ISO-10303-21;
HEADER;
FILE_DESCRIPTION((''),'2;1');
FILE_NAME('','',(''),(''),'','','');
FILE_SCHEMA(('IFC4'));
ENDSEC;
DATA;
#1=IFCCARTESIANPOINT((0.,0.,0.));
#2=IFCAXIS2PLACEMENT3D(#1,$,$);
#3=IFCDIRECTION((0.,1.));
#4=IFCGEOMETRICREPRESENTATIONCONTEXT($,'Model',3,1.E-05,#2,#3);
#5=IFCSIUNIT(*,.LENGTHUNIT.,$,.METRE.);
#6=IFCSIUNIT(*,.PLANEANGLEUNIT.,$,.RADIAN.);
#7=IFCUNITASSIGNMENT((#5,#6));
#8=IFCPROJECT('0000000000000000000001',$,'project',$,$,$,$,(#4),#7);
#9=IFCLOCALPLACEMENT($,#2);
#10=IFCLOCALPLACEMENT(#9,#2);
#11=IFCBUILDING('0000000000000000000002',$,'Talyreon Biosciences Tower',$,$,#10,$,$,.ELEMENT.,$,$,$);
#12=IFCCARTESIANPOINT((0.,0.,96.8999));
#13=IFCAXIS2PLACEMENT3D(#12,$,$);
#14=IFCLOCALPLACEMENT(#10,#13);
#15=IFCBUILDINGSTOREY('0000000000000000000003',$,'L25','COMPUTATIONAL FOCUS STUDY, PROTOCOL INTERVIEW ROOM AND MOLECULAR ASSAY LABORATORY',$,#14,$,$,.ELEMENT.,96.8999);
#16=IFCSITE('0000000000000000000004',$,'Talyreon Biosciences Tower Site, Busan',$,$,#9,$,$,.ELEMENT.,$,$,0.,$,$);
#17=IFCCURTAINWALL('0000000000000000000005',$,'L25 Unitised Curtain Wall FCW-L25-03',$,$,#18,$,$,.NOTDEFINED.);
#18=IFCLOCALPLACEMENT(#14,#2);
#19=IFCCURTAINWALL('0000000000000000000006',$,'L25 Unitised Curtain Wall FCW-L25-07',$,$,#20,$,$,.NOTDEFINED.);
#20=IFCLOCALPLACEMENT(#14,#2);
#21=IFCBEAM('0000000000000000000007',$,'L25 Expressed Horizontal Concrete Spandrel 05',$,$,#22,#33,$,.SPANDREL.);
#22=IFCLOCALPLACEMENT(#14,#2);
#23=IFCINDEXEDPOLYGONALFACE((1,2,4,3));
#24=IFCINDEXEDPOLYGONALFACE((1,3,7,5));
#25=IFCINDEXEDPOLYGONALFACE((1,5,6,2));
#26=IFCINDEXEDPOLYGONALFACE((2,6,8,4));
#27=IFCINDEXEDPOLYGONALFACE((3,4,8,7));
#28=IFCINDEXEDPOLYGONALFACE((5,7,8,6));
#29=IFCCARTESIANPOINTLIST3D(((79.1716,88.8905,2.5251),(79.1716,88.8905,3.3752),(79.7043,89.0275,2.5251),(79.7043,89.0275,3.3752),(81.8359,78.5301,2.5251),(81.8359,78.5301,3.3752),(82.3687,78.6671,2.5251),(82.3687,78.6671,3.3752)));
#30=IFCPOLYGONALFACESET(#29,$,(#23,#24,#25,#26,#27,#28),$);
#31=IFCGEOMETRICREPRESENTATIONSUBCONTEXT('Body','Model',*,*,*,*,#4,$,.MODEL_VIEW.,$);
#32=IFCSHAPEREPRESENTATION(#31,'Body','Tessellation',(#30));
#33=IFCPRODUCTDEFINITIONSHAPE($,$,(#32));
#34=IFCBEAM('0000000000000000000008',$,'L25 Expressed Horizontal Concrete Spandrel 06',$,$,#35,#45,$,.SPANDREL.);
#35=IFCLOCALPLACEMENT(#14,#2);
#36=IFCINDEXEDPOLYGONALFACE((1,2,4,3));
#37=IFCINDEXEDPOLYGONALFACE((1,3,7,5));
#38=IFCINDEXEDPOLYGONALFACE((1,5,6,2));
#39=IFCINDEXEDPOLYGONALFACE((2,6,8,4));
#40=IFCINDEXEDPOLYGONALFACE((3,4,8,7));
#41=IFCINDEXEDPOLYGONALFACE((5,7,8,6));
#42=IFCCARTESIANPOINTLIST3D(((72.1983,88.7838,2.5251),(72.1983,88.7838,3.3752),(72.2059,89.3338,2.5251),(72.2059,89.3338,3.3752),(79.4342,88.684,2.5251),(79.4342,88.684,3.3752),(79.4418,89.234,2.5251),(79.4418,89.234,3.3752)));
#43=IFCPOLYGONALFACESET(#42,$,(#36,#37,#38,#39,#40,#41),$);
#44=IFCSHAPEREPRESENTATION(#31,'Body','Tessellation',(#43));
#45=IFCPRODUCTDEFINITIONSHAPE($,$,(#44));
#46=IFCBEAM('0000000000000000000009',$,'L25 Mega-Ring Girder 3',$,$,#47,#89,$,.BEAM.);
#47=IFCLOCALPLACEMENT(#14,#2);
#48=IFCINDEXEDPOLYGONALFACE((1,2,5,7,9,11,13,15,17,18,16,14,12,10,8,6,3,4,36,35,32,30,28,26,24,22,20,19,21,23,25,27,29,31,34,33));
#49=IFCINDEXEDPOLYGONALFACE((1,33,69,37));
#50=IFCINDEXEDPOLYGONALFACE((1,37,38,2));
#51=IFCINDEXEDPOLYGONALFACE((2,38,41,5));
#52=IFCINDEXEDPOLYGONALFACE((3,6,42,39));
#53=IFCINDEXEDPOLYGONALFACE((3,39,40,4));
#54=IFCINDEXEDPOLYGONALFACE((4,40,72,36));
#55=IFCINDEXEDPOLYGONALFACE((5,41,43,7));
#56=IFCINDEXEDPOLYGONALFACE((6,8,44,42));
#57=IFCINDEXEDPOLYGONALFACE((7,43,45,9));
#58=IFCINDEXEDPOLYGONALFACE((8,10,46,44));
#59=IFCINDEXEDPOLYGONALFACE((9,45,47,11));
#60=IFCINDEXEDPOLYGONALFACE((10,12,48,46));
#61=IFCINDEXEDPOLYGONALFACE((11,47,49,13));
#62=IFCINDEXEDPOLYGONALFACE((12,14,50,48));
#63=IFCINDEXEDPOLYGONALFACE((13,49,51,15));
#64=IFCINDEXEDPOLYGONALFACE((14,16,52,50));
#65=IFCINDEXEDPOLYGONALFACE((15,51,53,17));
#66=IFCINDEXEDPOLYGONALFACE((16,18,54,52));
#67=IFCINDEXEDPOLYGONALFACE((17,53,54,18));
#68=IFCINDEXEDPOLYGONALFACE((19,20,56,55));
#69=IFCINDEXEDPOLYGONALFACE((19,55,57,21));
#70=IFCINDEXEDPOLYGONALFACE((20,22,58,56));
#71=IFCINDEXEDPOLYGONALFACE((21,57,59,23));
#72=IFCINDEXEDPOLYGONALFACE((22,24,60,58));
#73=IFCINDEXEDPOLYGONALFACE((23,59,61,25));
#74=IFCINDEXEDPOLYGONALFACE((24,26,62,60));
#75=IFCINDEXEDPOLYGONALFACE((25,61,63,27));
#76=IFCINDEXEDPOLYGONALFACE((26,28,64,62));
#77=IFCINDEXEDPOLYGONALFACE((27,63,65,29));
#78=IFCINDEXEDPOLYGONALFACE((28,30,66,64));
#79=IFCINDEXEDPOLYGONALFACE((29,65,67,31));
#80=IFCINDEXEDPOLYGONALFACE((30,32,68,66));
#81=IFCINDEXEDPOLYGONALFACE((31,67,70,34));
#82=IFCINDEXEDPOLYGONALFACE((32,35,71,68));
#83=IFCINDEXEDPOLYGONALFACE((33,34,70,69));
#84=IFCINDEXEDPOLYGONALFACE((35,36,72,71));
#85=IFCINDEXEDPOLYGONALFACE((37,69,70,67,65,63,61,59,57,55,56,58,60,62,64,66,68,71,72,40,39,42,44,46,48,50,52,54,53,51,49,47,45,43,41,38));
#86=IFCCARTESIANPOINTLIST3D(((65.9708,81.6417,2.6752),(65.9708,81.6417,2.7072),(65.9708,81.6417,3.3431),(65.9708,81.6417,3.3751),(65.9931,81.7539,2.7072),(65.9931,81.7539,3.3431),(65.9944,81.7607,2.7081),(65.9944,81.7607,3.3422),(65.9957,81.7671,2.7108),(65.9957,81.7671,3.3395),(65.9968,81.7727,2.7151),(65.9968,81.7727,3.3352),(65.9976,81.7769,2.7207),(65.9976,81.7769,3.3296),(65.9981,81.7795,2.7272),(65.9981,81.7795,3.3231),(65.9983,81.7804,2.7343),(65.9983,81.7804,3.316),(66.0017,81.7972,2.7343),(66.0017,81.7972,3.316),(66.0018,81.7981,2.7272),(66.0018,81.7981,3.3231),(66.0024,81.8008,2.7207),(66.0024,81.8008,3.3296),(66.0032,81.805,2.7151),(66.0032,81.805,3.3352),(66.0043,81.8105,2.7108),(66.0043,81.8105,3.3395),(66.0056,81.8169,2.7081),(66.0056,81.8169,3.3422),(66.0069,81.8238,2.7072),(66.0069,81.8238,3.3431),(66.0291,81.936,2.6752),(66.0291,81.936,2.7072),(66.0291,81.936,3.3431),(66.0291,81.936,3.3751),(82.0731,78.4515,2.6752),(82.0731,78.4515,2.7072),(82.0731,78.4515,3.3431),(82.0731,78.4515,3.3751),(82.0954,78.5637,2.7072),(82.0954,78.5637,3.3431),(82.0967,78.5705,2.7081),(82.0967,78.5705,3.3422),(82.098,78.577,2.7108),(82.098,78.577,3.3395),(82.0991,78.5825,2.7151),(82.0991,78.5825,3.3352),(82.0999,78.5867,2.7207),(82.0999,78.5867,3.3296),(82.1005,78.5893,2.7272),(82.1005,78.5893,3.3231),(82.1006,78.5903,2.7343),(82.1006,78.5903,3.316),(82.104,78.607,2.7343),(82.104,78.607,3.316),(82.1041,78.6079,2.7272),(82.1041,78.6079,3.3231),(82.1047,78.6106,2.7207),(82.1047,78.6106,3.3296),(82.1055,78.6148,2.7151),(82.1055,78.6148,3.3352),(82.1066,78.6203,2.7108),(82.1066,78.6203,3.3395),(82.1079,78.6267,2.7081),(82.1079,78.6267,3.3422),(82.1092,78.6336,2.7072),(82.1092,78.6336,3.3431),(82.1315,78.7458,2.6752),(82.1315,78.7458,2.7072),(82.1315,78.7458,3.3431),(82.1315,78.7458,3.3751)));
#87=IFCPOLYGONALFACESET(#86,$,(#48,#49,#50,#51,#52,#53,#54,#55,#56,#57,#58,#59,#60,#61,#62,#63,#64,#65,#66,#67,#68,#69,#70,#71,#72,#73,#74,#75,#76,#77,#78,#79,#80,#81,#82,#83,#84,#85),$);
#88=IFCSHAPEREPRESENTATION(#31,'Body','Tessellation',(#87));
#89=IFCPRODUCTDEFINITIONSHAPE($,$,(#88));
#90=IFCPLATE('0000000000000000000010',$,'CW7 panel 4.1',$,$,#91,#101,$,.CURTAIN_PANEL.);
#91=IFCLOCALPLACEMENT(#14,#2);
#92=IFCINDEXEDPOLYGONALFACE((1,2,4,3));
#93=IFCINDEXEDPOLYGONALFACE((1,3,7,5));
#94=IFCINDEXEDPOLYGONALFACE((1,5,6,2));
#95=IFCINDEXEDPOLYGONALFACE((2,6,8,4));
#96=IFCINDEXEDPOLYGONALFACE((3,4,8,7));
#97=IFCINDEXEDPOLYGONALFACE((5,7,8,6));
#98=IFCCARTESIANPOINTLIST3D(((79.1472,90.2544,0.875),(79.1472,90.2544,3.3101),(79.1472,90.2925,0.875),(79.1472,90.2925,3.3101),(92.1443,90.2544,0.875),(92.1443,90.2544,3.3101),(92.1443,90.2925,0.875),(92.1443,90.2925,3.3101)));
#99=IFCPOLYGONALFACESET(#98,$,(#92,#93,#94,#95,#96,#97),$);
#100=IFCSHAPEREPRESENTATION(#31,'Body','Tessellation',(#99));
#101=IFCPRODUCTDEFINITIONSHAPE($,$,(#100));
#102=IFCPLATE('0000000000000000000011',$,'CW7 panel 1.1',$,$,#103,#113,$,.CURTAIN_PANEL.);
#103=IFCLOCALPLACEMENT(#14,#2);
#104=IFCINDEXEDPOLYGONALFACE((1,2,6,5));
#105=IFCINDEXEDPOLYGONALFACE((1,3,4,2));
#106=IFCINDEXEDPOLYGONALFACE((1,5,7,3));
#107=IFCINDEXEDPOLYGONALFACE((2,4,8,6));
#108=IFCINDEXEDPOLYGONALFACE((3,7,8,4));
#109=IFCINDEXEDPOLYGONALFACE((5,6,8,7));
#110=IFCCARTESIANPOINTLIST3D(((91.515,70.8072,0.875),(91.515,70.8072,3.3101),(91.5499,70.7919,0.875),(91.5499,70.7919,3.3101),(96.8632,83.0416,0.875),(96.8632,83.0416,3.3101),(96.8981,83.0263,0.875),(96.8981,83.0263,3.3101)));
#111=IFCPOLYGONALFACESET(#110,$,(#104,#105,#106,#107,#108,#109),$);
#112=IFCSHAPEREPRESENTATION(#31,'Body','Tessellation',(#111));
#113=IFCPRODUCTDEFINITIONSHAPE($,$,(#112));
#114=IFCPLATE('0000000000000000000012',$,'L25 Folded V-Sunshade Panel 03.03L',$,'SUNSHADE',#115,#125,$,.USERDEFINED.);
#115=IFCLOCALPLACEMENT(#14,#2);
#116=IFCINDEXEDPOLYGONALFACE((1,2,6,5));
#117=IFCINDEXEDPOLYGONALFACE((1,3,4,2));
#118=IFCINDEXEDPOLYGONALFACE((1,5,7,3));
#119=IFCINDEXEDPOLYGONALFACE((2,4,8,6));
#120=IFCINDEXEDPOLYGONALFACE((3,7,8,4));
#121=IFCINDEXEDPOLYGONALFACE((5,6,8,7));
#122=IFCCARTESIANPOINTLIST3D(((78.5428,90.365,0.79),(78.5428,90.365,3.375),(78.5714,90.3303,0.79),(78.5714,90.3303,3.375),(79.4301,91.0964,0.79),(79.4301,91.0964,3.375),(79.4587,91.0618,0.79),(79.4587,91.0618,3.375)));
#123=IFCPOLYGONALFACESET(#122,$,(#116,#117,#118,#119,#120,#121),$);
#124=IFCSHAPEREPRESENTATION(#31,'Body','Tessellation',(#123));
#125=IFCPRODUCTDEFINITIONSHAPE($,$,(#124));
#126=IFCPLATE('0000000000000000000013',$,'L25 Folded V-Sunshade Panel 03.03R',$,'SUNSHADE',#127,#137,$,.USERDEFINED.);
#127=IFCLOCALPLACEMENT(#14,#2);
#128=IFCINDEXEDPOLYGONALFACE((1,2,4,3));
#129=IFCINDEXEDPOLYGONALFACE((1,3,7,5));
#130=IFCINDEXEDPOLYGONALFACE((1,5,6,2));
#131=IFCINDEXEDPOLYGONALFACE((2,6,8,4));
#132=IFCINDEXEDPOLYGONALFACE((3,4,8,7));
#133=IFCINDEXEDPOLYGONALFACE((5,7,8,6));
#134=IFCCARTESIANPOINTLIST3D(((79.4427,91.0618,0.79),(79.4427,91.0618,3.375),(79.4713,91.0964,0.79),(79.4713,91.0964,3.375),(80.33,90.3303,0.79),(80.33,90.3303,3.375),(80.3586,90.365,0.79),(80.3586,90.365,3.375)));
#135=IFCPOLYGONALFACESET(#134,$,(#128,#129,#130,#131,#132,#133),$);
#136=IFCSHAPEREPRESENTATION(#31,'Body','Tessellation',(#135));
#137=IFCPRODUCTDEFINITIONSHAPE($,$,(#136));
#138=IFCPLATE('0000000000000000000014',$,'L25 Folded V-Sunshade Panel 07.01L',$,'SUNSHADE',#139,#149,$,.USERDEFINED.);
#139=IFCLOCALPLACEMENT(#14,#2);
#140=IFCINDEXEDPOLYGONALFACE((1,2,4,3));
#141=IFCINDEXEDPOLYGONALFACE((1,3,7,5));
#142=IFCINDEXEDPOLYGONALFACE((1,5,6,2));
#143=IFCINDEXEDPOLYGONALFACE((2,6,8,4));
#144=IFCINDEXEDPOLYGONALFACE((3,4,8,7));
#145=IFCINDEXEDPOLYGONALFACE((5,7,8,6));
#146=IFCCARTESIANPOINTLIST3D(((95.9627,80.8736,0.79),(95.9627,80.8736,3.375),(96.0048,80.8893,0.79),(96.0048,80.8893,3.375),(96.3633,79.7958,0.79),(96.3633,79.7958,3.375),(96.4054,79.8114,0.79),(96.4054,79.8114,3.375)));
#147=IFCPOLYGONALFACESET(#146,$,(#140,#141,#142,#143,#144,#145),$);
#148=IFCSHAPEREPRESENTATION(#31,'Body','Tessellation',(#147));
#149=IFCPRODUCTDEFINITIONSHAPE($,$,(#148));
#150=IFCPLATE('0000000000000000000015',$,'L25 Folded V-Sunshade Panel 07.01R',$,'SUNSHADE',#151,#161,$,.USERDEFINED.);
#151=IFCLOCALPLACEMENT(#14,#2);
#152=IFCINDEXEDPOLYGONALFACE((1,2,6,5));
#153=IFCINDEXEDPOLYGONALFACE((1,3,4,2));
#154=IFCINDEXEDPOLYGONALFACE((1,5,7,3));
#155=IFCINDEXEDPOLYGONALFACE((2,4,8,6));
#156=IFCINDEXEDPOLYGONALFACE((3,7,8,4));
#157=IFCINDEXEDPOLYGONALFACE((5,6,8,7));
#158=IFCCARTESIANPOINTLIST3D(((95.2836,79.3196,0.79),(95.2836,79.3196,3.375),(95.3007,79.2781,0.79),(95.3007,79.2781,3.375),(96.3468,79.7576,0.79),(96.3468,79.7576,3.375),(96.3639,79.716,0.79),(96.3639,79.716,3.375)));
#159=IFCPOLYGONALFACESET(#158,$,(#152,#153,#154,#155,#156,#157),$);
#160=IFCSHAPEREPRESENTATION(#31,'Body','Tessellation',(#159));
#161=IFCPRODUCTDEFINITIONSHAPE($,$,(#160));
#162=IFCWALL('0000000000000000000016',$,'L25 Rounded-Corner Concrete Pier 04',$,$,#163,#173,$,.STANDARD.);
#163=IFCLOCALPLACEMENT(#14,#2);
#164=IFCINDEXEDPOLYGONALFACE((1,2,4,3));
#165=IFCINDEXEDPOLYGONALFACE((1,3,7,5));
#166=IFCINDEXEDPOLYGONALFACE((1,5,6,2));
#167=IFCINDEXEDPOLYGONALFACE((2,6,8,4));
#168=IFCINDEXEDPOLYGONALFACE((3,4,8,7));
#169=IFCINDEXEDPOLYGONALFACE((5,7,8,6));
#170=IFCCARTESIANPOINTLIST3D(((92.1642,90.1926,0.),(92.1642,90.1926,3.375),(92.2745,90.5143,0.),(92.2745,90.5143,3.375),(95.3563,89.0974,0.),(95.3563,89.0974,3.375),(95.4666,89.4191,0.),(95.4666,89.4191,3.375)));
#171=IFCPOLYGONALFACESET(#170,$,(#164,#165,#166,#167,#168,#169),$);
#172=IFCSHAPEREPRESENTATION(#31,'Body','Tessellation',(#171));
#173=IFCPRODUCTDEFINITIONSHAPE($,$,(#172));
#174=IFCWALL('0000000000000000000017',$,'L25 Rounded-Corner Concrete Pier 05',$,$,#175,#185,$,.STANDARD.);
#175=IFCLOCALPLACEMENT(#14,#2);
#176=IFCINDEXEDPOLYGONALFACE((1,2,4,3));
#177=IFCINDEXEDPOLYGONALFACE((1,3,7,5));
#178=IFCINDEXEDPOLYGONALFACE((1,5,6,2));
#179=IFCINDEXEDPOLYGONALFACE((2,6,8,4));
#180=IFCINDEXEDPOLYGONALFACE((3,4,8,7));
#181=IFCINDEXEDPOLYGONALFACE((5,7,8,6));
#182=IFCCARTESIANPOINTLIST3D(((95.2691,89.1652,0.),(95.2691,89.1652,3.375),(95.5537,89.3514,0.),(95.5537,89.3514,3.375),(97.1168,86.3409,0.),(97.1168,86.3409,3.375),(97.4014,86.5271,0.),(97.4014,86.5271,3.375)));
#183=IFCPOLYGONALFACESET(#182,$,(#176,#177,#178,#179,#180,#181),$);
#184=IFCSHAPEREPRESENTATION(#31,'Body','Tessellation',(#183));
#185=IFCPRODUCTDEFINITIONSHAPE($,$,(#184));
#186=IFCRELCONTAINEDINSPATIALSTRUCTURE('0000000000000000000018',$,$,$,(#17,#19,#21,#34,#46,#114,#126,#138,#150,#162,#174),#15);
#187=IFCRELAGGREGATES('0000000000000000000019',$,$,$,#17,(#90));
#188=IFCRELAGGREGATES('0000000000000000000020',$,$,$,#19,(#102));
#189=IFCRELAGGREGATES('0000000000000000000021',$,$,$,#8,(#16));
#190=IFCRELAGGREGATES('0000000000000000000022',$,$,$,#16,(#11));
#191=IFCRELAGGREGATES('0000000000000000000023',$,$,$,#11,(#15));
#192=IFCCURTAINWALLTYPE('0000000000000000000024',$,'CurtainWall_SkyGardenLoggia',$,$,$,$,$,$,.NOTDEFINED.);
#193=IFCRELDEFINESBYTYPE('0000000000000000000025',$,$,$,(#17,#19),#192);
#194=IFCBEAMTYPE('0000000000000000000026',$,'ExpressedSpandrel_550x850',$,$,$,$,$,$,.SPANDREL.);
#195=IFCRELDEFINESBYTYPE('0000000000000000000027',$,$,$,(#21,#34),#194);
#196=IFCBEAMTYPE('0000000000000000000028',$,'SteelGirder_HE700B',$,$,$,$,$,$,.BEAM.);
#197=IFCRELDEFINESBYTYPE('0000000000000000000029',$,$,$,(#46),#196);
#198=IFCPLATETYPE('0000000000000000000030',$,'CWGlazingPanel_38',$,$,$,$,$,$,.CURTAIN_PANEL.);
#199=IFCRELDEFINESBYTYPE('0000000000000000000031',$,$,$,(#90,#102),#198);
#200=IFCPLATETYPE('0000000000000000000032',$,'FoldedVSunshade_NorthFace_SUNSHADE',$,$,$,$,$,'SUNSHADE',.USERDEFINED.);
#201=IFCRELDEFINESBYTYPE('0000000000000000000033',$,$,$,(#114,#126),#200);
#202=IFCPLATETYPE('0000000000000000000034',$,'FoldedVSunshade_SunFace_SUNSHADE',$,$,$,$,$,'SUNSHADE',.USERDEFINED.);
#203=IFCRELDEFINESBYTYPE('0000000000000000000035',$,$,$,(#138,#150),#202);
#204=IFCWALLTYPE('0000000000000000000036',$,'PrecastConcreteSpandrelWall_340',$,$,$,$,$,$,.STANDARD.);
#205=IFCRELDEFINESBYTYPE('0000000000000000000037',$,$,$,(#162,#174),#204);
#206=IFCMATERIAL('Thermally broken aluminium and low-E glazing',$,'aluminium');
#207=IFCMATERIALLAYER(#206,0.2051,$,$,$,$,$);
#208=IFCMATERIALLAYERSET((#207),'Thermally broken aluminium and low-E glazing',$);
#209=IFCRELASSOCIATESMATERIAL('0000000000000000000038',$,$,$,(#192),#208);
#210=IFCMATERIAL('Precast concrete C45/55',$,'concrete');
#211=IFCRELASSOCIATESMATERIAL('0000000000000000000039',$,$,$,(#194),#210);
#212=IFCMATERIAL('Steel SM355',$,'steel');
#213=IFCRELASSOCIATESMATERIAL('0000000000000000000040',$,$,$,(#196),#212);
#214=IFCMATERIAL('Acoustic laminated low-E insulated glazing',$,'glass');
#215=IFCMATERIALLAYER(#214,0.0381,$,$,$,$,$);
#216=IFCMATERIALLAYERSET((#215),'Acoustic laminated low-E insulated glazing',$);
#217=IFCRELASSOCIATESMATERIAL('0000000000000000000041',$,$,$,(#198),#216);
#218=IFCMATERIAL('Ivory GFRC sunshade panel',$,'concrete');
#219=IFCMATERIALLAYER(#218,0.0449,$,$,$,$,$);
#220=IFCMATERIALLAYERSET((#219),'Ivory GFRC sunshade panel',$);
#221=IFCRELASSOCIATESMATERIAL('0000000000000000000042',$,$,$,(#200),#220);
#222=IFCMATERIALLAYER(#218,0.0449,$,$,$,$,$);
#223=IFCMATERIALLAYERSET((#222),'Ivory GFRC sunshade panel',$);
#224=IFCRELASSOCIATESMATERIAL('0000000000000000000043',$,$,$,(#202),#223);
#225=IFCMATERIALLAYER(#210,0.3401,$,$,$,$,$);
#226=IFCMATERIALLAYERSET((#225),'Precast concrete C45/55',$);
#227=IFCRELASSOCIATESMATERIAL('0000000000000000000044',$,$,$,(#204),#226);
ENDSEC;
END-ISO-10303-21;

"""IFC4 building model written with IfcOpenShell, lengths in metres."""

from ifc_helpers import new_model, si_unit, direction, frame, frame_2d, origin, origin_2d, place, context, subcontext, project, spatial, rectangle, i_section, extrude, material, layer, layer_set, material_profile, profile_set, type_object, element, aggregate, save


model = new_model("IFC4")

# Units and contexts
model_context = context("Model", 3, precision=1e-05, world=origin(), true_north=direction((0.0, 1.0)))
body_context = subcontext(model_context, "Body", "Model", "MODEL_VIEW")
ifc_project = project(units=[si_unit("LENGTHUNIT", "METRE"), si_unit("PLANEANGLEUNIT", "RADIAN")], contexts=[model_context])

# Site, building, storey
site_placement = place(None, origin())
site = spatial("IfcSite", under=ifc_project, at=site_placement, Name="Talyreon Biosciences Tower Site, Busan", CompositionType="ELEMENT", RefElevation=0.0)
building_placement = place(site_placement, origin())
building = spatial("IfcBuilding", under=site, at=building_placement, Name="Talyreon Biosciences Tower", CompositionType="ELEMENT")
storey_placement = place(building_placement, frame((0.0, 0.0, 96.8999)))
storey = spatial("IfcBuildingStorey", under=building, at=storey_placement, Name="L25", Description="COMPUTATIONAL FOCUS STUDY, PROTOCOL INTERVIEW ROOM AND MOLECULAR ASSAY LABORATORY", CompositionType="ELEMENT", Elevation=96.8999)

# Curtain walls
ifc_material_1 = material(Name="Thermally broken aluminium and low-E glazing", Category="aluminium")
ifc_layer_1 = layer(ifc_material_1, 0.2051)
ifc_layer_set_1 = layer_set([ifc_layer_1], Name="Thermally broken aluminium and low-E glazing")
curtain_wall_type = type_object("IfcCurtainWallType", Name="CurtainWall_SkyGardenLoggia", PredefinedType="NOTDEFINED", material=ifc_layer_set_1)
curtain_wall_1_placement = place(storey_placement, origin())
curtain_wall_1 = element("IfcCurtainWall", 1, at=curtain_wall_1_placement, inside=storey, type_object=curtain_wall_type, Name="L25 Unitised Curtain Wall FCW-L25-03", PredefinedType="NOTDEFINED")
curtain_wall_2_placement = place(storey_placement, origin())
curtain_wall_2 = element("IfcCurtainWall", 2, at=curtain_wall_2_placement, inside=storey, type_object=curtain_wall_type, Name="L25 Unitised Curtain Wall FCW-L25-07", PredefinedType="NOTDEFINED")

# Beams
ifc_material_2 = material(Name="Precast concrete C45/55", Category="concrete")
ifc_material_profile_1 = material_profile(ifc_material_2, rectangle(XDim=0.55, YDim=0.8501, at=origin_2d()), Name="RCB 550x850")
ifc_profile_set_1 = profile_set([ifc_material_profile_1], Name="Precast concrete C45/55")
beam_type_1 = type_object("IfcBeamType", Name="ExpressedSpandrel_550x850", PredefinedType="SPANDREL", material=ifc_profile_set_1)
beam_1_placement = place(storey_placement, frame((82.1023, 78.5986, 2.9502), z_axis=(-0.24906, 0.968488, 0.0), x_axis=(-0.968488, -0.24906, 0.0)))
element("IfcBeam", 3, at=beam_1_placement, inside=storey, type_object=beam_type_1, Name="L25 Expressed Horizontal Concrete Spandrel 05", PredefinedType="SPANDREL", context=body_context, shape_type="SweptSolid", body=[
    extrude(rectangle(XDim=0.55, YDim=0.8501, at=origin_2d()), origin(), (0.0, 0.0, 1.0), 10.6975),
])
beam_2_placement = place(storey_placement, frame((79.438, 88.959, 2.9502), z_axis=(-0.999905, 0.013799, 0.0), x_axis=(-0.013799, -0.999905, 0.0)))
element("IfcBeam", 4, at=beam_2_placement, inside=storey, type_object=beam_type_1, Name="L25 Expressed Horizontal Concrete Spandrel 06", PredefinedType="SPANDREL", context=body_context, shape_type="SweptSolid", body=[
    extrude(rectangle(XDim=0.55, YDim=0.8501, at=origin_2d()), origin(), (0.0, 0.0, 1.0), 7.2366),
])
ifc_material_3 = material(Name="Steel SM355", Category="steel")
ifc_material_profile_2 = material_profile(ifc_material_3, i_section(OverallWidth=0.3, OverallDepth=0.7, WebThickness=0.0171, FlangeThickness=0.032, FilletRadius=0.0271, at=origin_2d()), Name="HE700B")
ifc_profile_set_2 = profile_set([ifc_material_profile_2], Name="Steel SM355")
beam_type_2 = type_object("IfcBeamType", Name="SteelGirder_HE700B", PredefinedType="BEAM", material=ifc_profile_set_2)
beam_3_placement = place(storey_placement, frame((82.1023, 78.5986, 3.0251), z_axis=(-0.980934, 0.194343, 0.0), x_axis=(-0.194343, -0.980934, 0.0)))
element("IfcBeam", 5, at=beam_3_placement, inside=storey, type_object=beam_type_2, Name="L25 Mega-Ring Girder 3", PredefinedType="BEAM", context=body_context, shape_type="SweptSolid", body=[
    extrude(i_section(OverallWidth=0.3, OverallDepth=0.7, WebThickness=0.0171, FlangeThickness=0.032, FilletRadius=0.0271, at=origin_2d()), origin(), (0.0, 0.0, 1.0), 16.4153),
])

# Plates
ifc_material_4 = material(Name="Acoustic laminated low-E insulated glazing", Category="glass")
ifc_layer_2 = layer(ifc_material_4, 0.0381)
ifc_layer_set_2 = layer_set([ifc_layer_2], Name="Acoustic laminated low-E insulated glazing")
plate_type_1 = type_object("IfcPlateType", Name="CWGlazingPanel_38", PredefinedType="CURTAIN_PANEL", material=ifc_layer_set_2)
plate_1_placement = place(storey_placement, frame((85.6458, 90.2734, 0.875), z_axis=(0.0, 0.0, 1.0), x_axis=(1.0, 0.0, 0.0)))
plate_1 = element("IfcPlate", 6, at=plate_1_placement, type_object=plate_type_1, Name="CW7 panel 4.1", PredefinedType="CURTAIN_PANEL", context=body_context, shape_type="SweptSolid", body=[
    extrude(rectangle(XDim=12.9971, YDim=0.0381, at=origin_2d()), origin(), (0.0, 0.0, 1.0), 2.4351),
])
aggregate(curtain_wall_1, [plate_1])
plate_2_placement = place(storey_placement, frame((94.2065, 76.9167, 0.875), z_axis=(0.0, 0.0, 1.0), x_axis=(-0.400543, -0.916278, 0.0)))
plate_2 = element("IfcPlate", 7, at=plate_2_placement, type_object=plate_type_1, Name="CW7 panel 1.1", PredefinedType="CURTAIN_PANEL", context=body_context, shape_type="SweptSolid", body=[
    extrude(rectangle(XDim=13.3523, YDim=0.0381, at=origin_2d()), origin(), (0.0, 0.0, 1.0), 2.4351),
])
aggregate(curtain_wall_2, [plate_2])

# Plates
ifc_material_5 = material(Name="Ivory GFRC sunshade panel", Category="concrete")
ifc_layer_3 = layer(ifc_material_5, 0.0449)
ifc_layer_set_3 = layer_set([ifc_layer_3], Name="Ivory GFRC sunshade panel")
plate_type_2 = type_object("IfcPlateType", Name="FoldedVSunshade_NorthFace_SUNSHADE", ElementType="SUNSHADE", PredefinedType="USERDEFINED", material=ifc_layer_set_3)
for number, where, z_axis, x_axis, name in (
    (8, (79.0007, 90.7134, 0.79), (0.0, 0.0, 1.0), (0.771625, 0.636078, 0.0), "L25 Folded V-Sunshade Panel 03.03L"),
    (9, (79.9006, 90.7134, 0.79), (0.0, 0.0, 1.0), (0.771625, -0.636078, 0.0), "L25 Folded V-Sunshade Panel 03.03R"),
):
    element("IfcPlate", number, at=place(storey_placement, frame(where, z_axis=z_axis, x_axis=x_axis)), inside=storey, type_object=plate_type_2, Name=name, ObjectType="SUNSHADE", PredefinedType="USERDEFINED", context=body_context, shape_type="SweptSolid", body=[
        extrude(rectangle(XDim=1.1499, YDim=0.0449, at=origin_2d()), origin(), (0.0, 0.0, 1.0), 2.585),
    ])
ifc_layer_4 = layer(ifc_material_5, 0.0449)
ifc_layer_set_4 = layer_set([ifc_layer_4], Name="Ivory GFRC sunshade panel")
plate_type_3 = type_object("IfcPlateType", Name="FoldedVSunshade_SunFace_SUNSHADE", ElementType="SUNSHADE", PredefinedType="USERDEFINED", material=ifc_layer_set_4)
for number, where, z_axis, x_axis, name in (
    (10, (96.1841, 80.3425, 0.79), (0.0, 0.0, 1.0), (0.348376, -0.937355, 0.0), "L25 Folded V-Sunshade Panel 07.01L"),
    (11, (95.8237, 79.5178, 0.79), (0.0, 0.0, 1.0), (-0.924626, -0.380877, 0.0), "L25 Folded V-Sunshade Panel 07.01R"),
):
    element("IfcPlate", number, at=place(storey_placement, frame(where, z_axis=z_axis, x_axis=x_axis)), inside=storey, type_object=plate_type_3, Name=name, ObjectType="SUNSHADE", PredefinedType="USERDEFINED", context=body_context, shape_type="SweptSolid", body=[
        extrude(rectangle(XDim=1.1499, YDim=0.0449, at=origin_2d()), origin(), (0.0, 0.0, 1.0), 2.585),
    ])

# Walls
ifc_layer_5 = layer(ifc_material_2, 0.3401)
ifc_layer_set_5 = layer_set([ifc_layer_5], Name="Precast concrete C45/55")
wall_type = type_object("IfcWallType", Name="PrecastConcreteSpandrelWall_340", PredefinedType="STANDARD", material=ifc_layer_set_5)
wall_1_placement = place(storey_placement, frame((92.2192, 90.3535, 0.0), z_axis=(0.0, 0.0, 1.0), x_axis=(0.945876, -0.324528, 0.0)))
element("IfcWall", 12, at=wall_1_placement, inside=storey, type_object=wall_type, Name="L25 Rounded-Corner Concrete Pier 04", PredefinedType="STANDARD", context=body_context, shape_type="SweptSolid", body=[
    extrude(rectangle(XDim=3.3748, YDim=0.3401, at=frame_2d((1.6875, 0.0))), origin(), (0.0, 0.0, 1.0), 3.375),
])
wall_2_placement = place(storey_placement, frame((95.4114, 89.2583, 0.0), z_axis=(0.0, 0.0, 1.0), x_axis=(0.547468, -0.836827, 0.0)))
element("IfcWall", 13, at=wall_2_placement, inside=storey, type_object=wall_type, Name="L25 Rounded-Corner Concrete Pier 05", PredefinedType="STANDARD", context=body_context, shape_type="SweptSolid", body=[
    extrude(rectangle(XDim=3.375, YDim=0.3401, at=frame_2d((1.6875, 0.0))), origin(), (0.0, 0.0, 1.0), 3.375),
])

save(model, "model.ifc")
